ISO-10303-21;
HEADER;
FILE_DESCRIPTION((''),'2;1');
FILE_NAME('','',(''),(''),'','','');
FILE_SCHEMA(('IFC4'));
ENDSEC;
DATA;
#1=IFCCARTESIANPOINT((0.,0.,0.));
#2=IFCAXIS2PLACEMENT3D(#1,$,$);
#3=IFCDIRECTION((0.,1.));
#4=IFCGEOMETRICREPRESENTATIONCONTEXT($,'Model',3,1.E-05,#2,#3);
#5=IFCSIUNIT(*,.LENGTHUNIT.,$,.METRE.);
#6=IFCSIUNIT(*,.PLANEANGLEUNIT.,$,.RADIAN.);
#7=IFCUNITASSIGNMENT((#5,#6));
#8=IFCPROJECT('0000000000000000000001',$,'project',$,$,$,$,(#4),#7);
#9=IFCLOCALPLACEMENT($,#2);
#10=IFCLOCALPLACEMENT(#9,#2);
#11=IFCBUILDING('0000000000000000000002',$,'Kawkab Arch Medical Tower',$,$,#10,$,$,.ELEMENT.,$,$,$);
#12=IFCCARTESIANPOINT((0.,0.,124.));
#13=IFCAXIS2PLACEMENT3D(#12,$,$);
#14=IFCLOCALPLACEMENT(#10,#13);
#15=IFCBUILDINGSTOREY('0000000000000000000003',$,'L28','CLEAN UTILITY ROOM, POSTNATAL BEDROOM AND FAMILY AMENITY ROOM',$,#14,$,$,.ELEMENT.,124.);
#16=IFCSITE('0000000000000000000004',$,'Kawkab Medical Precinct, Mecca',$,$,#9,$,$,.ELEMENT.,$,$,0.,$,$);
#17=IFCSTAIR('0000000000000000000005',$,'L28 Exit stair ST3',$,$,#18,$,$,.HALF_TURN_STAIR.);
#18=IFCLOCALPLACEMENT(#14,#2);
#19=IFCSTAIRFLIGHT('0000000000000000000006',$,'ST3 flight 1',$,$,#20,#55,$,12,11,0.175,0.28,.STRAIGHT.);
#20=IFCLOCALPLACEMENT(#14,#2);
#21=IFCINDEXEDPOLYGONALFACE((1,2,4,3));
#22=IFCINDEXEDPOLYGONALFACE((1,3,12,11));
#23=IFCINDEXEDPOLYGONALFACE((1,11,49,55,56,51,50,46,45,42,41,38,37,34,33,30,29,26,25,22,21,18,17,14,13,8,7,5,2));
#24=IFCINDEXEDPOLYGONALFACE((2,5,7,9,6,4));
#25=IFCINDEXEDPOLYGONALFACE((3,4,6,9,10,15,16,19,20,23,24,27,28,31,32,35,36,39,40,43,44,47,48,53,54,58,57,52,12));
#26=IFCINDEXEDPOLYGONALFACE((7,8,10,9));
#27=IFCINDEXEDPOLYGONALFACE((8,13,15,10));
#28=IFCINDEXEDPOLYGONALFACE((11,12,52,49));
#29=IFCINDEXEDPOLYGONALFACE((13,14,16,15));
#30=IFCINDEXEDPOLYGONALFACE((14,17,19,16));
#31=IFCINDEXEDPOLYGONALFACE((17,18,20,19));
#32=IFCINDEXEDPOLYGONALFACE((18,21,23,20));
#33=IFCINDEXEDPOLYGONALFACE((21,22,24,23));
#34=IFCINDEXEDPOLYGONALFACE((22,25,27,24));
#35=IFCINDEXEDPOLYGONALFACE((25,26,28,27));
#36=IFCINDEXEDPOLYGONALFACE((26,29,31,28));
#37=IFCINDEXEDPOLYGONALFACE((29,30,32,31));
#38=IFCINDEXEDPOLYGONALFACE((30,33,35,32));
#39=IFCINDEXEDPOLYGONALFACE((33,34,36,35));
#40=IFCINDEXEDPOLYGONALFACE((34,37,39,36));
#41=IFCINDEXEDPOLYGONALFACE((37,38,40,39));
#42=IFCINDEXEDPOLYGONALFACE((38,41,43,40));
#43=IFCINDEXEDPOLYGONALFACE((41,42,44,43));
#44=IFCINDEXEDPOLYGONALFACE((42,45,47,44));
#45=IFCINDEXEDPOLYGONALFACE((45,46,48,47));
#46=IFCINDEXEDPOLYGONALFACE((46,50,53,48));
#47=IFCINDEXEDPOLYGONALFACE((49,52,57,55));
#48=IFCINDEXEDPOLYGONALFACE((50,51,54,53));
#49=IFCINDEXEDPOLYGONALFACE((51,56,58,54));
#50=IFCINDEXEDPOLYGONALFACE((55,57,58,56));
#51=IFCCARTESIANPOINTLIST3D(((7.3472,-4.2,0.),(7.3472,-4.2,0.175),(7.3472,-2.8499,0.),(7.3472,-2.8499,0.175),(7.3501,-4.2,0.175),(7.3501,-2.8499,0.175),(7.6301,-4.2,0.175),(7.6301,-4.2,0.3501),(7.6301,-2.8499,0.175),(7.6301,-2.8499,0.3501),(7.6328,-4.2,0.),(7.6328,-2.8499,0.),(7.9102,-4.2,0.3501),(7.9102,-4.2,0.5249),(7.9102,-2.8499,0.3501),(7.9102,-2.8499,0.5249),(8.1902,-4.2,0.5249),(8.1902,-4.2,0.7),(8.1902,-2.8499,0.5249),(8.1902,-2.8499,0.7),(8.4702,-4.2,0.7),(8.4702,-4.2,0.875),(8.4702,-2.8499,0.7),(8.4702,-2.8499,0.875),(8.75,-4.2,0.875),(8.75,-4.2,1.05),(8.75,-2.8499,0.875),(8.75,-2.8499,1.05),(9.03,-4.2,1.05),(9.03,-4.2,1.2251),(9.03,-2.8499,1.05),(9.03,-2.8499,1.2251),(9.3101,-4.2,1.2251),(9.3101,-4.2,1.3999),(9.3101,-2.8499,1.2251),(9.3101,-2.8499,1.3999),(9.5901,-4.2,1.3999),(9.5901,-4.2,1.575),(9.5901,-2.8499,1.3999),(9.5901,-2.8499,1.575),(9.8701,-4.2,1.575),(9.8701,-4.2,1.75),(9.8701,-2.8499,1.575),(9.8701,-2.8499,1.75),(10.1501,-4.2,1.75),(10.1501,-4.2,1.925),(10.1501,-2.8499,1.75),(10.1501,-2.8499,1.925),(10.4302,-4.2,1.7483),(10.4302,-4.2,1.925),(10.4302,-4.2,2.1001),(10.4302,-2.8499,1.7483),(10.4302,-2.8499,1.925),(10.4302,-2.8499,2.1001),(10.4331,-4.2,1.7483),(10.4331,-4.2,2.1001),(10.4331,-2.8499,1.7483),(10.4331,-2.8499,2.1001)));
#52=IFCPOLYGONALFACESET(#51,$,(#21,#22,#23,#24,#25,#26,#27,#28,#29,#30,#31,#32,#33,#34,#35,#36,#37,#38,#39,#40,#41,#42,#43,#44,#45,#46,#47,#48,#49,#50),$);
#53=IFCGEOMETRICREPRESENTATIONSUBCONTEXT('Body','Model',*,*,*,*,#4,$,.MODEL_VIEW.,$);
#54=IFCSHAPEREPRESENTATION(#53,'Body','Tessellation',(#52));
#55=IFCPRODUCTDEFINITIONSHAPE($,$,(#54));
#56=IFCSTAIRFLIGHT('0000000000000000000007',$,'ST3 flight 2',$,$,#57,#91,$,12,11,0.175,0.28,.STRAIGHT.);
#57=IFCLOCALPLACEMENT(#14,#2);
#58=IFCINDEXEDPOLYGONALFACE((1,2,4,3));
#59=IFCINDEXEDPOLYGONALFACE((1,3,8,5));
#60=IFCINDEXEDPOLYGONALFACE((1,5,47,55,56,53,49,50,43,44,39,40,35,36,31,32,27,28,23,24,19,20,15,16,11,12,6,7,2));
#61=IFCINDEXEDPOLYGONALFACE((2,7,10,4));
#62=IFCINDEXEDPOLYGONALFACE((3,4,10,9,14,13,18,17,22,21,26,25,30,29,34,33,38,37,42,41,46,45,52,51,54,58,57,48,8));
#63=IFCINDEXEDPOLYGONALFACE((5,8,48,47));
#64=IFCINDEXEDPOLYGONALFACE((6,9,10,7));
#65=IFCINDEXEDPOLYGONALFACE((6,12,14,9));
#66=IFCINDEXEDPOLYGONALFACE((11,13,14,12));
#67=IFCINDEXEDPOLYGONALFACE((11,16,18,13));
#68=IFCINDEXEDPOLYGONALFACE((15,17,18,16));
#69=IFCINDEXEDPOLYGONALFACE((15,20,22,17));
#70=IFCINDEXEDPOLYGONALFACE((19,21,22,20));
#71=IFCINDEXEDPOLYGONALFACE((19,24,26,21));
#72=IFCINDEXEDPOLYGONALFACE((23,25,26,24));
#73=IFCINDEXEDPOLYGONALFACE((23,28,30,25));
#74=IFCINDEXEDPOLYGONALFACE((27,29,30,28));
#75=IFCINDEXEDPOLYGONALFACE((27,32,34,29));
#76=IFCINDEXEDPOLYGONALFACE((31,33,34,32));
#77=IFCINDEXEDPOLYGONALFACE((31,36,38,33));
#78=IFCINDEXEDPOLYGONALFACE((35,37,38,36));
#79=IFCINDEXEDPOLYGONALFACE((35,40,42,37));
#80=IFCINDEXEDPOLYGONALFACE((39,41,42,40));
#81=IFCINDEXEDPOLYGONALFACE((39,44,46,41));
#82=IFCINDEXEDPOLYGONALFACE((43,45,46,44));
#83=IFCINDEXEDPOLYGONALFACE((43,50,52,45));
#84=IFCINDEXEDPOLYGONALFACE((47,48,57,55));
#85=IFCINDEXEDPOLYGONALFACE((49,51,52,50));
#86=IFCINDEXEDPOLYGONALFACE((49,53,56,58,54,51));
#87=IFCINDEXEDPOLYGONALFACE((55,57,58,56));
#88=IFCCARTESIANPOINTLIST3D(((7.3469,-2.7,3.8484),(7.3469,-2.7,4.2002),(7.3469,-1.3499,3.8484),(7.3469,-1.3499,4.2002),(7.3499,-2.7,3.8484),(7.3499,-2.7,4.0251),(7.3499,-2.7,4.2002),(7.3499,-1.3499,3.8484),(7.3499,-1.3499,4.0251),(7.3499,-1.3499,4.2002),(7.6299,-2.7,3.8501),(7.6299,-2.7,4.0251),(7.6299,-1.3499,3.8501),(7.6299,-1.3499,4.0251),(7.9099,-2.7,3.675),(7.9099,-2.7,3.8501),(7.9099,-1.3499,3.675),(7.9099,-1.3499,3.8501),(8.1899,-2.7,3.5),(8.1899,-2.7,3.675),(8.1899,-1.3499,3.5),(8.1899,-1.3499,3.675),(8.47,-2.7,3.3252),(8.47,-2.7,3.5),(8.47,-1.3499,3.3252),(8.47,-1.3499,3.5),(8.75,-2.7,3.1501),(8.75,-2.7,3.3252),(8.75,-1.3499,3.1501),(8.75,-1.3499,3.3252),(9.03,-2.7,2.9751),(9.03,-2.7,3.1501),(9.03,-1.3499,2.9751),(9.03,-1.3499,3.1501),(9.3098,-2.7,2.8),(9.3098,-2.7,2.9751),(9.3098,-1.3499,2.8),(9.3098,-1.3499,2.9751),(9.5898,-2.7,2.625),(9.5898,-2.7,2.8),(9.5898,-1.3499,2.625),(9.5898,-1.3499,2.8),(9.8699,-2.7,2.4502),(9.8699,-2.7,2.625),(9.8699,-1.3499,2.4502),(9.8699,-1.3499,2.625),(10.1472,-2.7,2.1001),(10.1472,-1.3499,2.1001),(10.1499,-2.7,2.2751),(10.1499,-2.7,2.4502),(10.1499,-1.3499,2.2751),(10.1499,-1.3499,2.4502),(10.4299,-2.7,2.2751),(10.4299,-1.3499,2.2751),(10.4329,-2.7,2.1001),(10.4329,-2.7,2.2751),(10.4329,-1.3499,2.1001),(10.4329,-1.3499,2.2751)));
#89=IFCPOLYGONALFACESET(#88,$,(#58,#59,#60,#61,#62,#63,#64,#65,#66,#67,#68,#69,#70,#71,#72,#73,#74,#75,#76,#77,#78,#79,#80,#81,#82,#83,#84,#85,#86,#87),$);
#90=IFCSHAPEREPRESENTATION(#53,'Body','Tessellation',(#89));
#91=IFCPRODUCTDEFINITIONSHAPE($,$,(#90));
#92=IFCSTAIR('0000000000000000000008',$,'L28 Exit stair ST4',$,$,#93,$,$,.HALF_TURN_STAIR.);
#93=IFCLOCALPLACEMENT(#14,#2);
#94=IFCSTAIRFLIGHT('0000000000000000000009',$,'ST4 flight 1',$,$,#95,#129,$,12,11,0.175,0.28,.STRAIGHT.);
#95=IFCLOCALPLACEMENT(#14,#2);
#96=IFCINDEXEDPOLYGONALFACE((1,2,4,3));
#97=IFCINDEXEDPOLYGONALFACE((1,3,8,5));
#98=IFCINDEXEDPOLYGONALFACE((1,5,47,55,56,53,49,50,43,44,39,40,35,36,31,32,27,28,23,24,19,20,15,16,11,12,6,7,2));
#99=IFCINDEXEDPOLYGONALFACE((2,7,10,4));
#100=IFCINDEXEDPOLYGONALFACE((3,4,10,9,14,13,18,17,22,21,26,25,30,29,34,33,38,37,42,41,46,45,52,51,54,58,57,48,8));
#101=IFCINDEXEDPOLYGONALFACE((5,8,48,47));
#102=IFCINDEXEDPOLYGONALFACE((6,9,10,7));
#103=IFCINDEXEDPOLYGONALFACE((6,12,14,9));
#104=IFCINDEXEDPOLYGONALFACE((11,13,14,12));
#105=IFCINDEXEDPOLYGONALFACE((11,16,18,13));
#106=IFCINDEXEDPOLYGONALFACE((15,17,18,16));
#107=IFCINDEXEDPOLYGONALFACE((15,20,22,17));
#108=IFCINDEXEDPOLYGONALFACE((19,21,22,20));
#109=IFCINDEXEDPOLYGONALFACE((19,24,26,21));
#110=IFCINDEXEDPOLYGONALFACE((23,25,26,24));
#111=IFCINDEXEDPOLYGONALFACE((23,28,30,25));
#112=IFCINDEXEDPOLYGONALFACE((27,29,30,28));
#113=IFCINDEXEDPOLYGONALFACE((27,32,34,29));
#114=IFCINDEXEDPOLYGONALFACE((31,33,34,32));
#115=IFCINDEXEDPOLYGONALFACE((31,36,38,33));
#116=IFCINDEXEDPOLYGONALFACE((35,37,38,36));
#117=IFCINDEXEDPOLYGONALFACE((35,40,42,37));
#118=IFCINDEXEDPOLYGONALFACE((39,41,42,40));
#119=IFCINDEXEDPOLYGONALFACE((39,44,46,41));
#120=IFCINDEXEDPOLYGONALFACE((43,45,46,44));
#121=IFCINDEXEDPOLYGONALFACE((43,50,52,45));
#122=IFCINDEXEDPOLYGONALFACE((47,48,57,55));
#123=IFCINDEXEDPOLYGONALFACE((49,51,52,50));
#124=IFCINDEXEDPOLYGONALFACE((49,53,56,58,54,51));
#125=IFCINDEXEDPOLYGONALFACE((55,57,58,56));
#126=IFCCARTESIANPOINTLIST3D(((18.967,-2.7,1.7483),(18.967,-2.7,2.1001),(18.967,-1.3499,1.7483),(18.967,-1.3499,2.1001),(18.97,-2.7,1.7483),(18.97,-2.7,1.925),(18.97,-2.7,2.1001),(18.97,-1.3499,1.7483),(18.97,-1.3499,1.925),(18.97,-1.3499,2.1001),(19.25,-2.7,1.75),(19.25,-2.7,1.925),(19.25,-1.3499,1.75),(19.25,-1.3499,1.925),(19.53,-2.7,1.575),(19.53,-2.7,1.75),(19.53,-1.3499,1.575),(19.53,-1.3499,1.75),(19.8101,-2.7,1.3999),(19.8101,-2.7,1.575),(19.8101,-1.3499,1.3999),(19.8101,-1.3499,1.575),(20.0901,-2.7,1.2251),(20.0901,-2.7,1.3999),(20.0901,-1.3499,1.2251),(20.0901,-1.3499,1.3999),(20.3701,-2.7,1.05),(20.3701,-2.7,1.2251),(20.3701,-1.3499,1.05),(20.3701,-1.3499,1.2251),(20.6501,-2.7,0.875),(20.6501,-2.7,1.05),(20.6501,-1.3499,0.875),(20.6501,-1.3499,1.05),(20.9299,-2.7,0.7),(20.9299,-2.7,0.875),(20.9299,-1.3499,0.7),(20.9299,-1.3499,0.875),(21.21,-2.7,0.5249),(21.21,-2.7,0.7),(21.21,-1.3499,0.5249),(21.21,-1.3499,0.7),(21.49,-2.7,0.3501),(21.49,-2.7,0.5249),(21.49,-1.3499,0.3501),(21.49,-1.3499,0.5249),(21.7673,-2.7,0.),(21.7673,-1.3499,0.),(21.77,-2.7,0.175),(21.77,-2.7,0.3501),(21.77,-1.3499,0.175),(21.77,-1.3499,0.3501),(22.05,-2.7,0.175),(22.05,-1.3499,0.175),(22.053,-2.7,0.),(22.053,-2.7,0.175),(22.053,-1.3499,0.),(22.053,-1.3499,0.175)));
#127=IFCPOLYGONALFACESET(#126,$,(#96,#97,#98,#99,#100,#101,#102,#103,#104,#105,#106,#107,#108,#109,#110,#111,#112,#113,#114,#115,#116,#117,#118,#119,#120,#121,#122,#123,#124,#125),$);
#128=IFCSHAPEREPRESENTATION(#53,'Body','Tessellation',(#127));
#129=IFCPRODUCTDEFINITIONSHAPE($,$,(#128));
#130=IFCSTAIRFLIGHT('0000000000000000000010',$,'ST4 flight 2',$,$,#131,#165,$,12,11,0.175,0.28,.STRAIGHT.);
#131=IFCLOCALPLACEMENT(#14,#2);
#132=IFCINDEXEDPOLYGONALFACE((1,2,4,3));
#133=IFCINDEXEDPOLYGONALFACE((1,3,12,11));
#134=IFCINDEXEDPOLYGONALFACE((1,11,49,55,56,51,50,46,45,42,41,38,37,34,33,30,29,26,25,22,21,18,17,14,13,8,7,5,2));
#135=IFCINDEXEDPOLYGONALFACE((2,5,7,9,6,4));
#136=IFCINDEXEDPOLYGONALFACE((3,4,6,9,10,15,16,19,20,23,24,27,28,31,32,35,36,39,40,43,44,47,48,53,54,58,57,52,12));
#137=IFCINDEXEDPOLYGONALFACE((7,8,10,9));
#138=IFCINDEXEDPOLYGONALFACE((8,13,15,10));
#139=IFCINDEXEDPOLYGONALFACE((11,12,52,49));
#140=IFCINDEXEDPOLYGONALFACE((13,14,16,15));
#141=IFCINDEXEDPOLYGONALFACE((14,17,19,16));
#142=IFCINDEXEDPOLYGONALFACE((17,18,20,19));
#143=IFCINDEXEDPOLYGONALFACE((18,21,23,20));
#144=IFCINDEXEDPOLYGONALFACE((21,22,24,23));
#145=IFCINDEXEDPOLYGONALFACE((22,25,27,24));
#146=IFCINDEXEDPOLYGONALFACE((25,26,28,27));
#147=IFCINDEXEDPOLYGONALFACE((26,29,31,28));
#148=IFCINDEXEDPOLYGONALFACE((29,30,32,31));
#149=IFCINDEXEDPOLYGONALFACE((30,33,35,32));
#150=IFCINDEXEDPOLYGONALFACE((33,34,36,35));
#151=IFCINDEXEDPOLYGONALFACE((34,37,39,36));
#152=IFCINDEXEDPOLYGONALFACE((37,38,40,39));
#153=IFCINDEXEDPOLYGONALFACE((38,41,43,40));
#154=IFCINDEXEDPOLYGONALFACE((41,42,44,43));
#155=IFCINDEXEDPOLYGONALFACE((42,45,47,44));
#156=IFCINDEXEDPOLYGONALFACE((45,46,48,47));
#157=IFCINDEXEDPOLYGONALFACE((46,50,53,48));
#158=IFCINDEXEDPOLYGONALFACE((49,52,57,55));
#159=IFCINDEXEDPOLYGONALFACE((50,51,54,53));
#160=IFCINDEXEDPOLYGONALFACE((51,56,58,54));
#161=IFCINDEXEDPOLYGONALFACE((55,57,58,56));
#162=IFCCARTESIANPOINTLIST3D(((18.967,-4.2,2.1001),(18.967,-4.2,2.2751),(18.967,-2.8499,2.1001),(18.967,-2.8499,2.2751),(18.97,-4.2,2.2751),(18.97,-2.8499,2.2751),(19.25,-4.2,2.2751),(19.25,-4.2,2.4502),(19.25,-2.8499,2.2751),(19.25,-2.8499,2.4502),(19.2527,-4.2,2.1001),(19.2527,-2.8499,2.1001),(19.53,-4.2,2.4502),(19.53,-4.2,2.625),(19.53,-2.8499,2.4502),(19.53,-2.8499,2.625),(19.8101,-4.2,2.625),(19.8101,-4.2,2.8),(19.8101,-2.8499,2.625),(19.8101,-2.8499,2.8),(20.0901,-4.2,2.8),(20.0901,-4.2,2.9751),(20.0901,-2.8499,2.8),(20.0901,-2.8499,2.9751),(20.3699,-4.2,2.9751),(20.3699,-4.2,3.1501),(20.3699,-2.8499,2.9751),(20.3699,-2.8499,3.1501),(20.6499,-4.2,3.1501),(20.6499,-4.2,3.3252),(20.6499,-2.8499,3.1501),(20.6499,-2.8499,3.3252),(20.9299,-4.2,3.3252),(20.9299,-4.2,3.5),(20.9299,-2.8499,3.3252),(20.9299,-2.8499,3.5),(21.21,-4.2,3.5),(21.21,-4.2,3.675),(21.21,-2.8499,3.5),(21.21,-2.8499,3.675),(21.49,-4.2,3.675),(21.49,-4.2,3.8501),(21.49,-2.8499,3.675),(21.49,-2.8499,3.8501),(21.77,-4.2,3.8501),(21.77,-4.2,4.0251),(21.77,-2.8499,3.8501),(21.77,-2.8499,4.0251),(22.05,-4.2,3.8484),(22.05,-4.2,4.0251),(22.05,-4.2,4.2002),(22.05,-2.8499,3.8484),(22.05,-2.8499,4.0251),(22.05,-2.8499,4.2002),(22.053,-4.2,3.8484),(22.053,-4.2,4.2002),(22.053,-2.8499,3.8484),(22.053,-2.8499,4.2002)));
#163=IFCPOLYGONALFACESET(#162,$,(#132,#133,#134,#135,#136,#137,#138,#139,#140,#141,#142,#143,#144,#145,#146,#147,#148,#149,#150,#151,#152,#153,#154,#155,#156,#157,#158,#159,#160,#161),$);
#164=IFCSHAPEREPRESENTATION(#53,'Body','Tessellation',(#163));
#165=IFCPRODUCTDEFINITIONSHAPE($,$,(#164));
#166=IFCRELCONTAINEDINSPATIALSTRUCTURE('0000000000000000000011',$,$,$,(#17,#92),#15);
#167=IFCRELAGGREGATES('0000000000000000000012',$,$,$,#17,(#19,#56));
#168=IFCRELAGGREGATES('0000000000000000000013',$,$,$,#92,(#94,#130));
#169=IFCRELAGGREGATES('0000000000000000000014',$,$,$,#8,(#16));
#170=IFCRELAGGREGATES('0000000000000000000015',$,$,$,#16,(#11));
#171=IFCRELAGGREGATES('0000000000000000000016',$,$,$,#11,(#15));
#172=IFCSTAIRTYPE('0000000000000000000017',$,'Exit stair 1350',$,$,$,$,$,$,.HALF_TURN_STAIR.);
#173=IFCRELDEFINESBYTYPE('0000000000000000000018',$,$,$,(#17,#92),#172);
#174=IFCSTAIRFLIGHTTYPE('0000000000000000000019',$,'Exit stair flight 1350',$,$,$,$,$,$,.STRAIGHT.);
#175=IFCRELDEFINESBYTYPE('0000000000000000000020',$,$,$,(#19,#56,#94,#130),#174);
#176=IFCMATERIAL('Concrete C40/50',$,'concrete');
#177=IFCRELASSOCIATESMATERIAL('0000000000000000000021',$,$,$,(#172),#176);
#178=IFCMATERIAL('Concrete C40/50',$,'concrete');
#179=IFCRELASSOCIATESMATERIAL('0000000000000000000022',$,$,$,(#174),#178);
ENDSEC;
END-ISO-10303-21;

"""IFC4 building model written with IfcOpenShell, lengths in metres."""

from ifc_helpers import new_model, si_unit, direction, frame, origin, place, context, subcontext, project, spatial, polyline, outline, extrude, material, type_object, element, aggregate, save


model = new_model("IFC4")

# Units and contexts
model_context = context("Model", 3, precision=1e-05, world=origin(), true_north=direction((0.0, 1.0)))
body_context = subcontext(model_context, "Body", "Model", "MODEL_VIEW")
ifc_project = project(units=[si_unit("LENGTHUNIT", "METRE"), si_unit("PLANEANGLEUNIT", "RADIAN")], contexts=[model_context])

# Site, building, storey
site_placement = place(None, origin())
site = spatial("IfcSite", under=ifc_project, at=site_placement, Name="Kawkab Medical Precinct, Mecca", CompositionType="ELEMENT", RefElevation=0.0)
building_placement = place(site_placement, origin())
building = spatial("IfcBuilding", under=site, at=building_placement, Name="Kawkab Arch Medical Tower", CompositionType="ELEMENT")
storey_placement = place(building_placement, frame((0.0, 0.0, 124.0)))
storey = spatial("IfcBuildingStorey", under=building, at=storey_placement, Name="L28", Description="CLEAN UTILITY ROOM, POSTNATAL BEDROOM AND FAMILY AMENITY ROOM", CompositionType="ELEMENT", Elevation=124.0)

# Shared definitions
placement = place(storey_placement, origin())

# Stairs, stair flights
ifc_material_1 = material(Name="Concrete C40/50", Category="concrete")
stair_type = type_object("IfcStairType", Name="Exit stair 1350", PredefinedType="HALF_TURN_STAIR", material=ifc_material_1)
stair_1 = element("IfcStair", 1, at=placement, inside=storey, type_object=stair_type, Name="L28 Exit stair ST3", PredefinedType="HALF_TURN_STAIR")
ifc_material_2 = material(Name="Concrete C40/50", Category="concrete")
stair_flight_type = type_object("IfcStairFlightType", Name="Exit stair flight 1350", PredefinedType="STRAIGHT", material=ifc_material_2)
stair_flight_1_placement = place(storey_placement, frame((7.3501, -3.5249, 0.0), z_axis=(0.0, 0.0, 1.0), x_axis=(1.0, 0.0, 0.0)))
stair_flight_1 = element("IfcStairFlight", 2, at=stair_flight_1_placement, type_object=stair_flight_type, Name="ST3 flight 1", NumberOfRisers=12, NumberOfTreads=11, PredefinedType="STRAIGHT", RiserHeight=0.175, TreadLength=0.28, context=body_context, shape_type="SweptSolid", body=[
    extrude(outline(polyline([(-0.0029, 0.0), (-0.0029, 0.175), (0.0, 0.175), (0.28, 0.175), (0.28, 0.3501), (0.5601, 0.3501), (0.5601, 0.5249), (0.8401, 0.5249), (0.8401, 0.7), (1.1201, 0.7), (1.1201, 0.875), (1.3999, 0.875), (1.3999, 1.05), (1.6799, 1.05), (1.6799, 1.2251), (1.96, 1.2251), (1.96, 1.3999), (2.24, 1.3999), (2.24, 1.575), (2.52, 1.575), (2.52, 1.75), (2.8, 1.75), (2.8, 1.925), (3.0801, 1.925), (3.0801, 2.1001), (3.083, 2.1001), (3.083, 1.7483), (3.0801, 1.7483), (0.2827, 0.0), (-0.0029, 0.0)])), frame((0.0, 0.675, 0.0), z_axis=(0.0, -1.0, 0.0), x_axis=(1.0, 0.0, 0.0)), (0.0, 0.0, 1.0), 1.3501),
])
stair_flight_2_placement = place(storey_placement, frame((10.4299, -2.0249, 2.1001), z_axis=(0.0, 0.0, 1.0), x_axis=(-1.0, 0.0, 0.0)))
stair_flight_2 = element("IfcStairFlight", 3, at=stair_flight_2_placement, type_object=stair_flight_type, Name="ST3 flight 2", NumberOfRisers=12, NumberOfTreads=11, PredefinedType="STRAIGHT", RiserHeight=0.175, TreadLength=0.28, context=body_context, shape_type="SweptSolid", body=[
    extrude(outline(polyline([(-0.0029, 0.0), (-0.0029, 0.175), (0.0, 0.175), (0.28, 0.175), (0.28, 0.3501), (0.5601, 0.3501), (0.5601, 0.5249), (0.8401, 0.5249), (0.8401, 0.7), (1.1201, 0.7), (1.1201, 0.875), (1.3999, 0.875), (1.3999, 1.05), (1.6799, 1.05), (1.6799, 1.2251), (1.96, 1.2251), (1.96, 1.3999), (2.24, 1.3999), (2.24, 1.575), (2.52, 1.575), (2.52, 1.75), (2.8, 1.75), (2.8, 1.925), (3.0801, 1.925), (3.0801, 2.1001), (3.083, 2.1001), (3.083, 1.7483), (3.0801, 1.7483), (0.2827, 0.0), (-0.0029, 0.0)])), frame((0.0, 0.675, 0.0), z_axis=(0.0, -1.0, 0.0), x_axis=(1.0, 0.0, 0.0)), (0.0, 0.0, 1.0), 1.3501),
])
aggregate(stair_1, [stair_flight_1, stair_flight_2])
stair_2 = element("IfcStair", 4, at=placement, inside=storey, type_object=stair_type, Name="L28 Exit stair ST4", PredefinedType="HALF_TURN_STAIR")
stair_flight_3_placement = place(storey_placement, frame((22.05, -2.0249, 0.0), z_axis=(0.0, 0.0, 1.0), x_axis=(-1.0, 0.0, 0.0)))
stair_flight_3 = element("IfcStairFlight", 5, at=stair_flight_3_placement, type_object=stair_flight_type, Name="ST4 flight 1", NumberOfRisers=12, NumberOfTreads=11, PredefinedType="STRAIGHT", RiserHeight=0.175, TreadLength=0.28, context=body_context, shape_type="SweptSolid", body=[
    extrude(outline(polyline([(-0.0029, 0.0), (-0.0029, 0.175), (0.0, 0.175), (0.28, 0.175), (0.28, 0.3501), (0.5601, 0.3501), (0.5601, 0.5249), (0.8401, 0.5249), (0.8401, 0.7), (1.1201, 0.7), (1.1201, 0.875), (1.3999, 0.875), (1.3999, 1.05), (1.6799, 1.05), (1.6799, 1.2251), (1.96, 1.2251), (1.96, 1.3999), (2.24, 1.3999), (2.24, 1.575), (2.52, 1.575), (2.52, 1.75), (2.8, 1.75), (2.8, 1.925), (3.0801, 1.925), (3.0801, 2.1001), (3.083, 2.1001), (3.083, 1.7483), (3.0801, 1.7483), (0.2827, 0.0), (-0.0029, 0.0)])), frame((0.0, 0.675, 0.0), z_axis=(0.0, -1.0, 0.0), x_axis=(1.0, 0.0, 0.0)), (0.0, 0.0, 1.0), 1.3501),
])
stair_flight_4_placement = place(storey_placement, frame((18.97, -3.5249, 2.1001), z_axis=(0.0, 0.0, 1.0), x_axis=(1.0, 0.0, 0.0)))
stair_flight_4 = element("IfcStairFlight", 6, at=stair_flight_4_placement, type_object=stair_flight_type, Name="ST4 flight 2", NumberOfRisers=12, NumberOfTreads=11, PredefinedType="STRAIGHT", RiserHeight=0.175, TreadLength=0.28, context=body_context, shape_type="SweptSolid", body=[
    extrude(outline(polyline([(-0.0029, 0.0), (-0.0029, 0.175), (0.0, 0.175), (0.28, 0.175), (0.28, 0.3501), (0.5601, 0.3501), (0.5601, 0.5249), (0.8401, 0.5249), (0.8401, 0.7), (1.1201, 0.7), (1.1201, 0.875), (1.3999, 0.875), (1.3999, 1.05), (1.6799, 1.05), (1.6799, 1.2251), (1.96, 1.2251), (1.96, 1.3999), (2.24, 1.3999), (2.24, 1.575), (2.52, 1.575), (2.52, 1.75), (2.8, 1.75), (2.8, 1.925), (3.0801, 1.925), (3.0801, 2.1001), (3.083, 2.1001), (3.083, 1.7483), (3.0801, 1.7483), (0.2827, 0.0), (-0.0029, 0.0)])), frame((0.0, 0.675, 0.0), z_axis=(0.0, -1.0, 0.0), x_axis=(1.0, 0.0, 0.0)), (0.0, 0.0, 1.0), 1.3501),
])
aggregate(stair_2, [stair_flight_3, stair_flight_4])

save(model, "model.ifc")
